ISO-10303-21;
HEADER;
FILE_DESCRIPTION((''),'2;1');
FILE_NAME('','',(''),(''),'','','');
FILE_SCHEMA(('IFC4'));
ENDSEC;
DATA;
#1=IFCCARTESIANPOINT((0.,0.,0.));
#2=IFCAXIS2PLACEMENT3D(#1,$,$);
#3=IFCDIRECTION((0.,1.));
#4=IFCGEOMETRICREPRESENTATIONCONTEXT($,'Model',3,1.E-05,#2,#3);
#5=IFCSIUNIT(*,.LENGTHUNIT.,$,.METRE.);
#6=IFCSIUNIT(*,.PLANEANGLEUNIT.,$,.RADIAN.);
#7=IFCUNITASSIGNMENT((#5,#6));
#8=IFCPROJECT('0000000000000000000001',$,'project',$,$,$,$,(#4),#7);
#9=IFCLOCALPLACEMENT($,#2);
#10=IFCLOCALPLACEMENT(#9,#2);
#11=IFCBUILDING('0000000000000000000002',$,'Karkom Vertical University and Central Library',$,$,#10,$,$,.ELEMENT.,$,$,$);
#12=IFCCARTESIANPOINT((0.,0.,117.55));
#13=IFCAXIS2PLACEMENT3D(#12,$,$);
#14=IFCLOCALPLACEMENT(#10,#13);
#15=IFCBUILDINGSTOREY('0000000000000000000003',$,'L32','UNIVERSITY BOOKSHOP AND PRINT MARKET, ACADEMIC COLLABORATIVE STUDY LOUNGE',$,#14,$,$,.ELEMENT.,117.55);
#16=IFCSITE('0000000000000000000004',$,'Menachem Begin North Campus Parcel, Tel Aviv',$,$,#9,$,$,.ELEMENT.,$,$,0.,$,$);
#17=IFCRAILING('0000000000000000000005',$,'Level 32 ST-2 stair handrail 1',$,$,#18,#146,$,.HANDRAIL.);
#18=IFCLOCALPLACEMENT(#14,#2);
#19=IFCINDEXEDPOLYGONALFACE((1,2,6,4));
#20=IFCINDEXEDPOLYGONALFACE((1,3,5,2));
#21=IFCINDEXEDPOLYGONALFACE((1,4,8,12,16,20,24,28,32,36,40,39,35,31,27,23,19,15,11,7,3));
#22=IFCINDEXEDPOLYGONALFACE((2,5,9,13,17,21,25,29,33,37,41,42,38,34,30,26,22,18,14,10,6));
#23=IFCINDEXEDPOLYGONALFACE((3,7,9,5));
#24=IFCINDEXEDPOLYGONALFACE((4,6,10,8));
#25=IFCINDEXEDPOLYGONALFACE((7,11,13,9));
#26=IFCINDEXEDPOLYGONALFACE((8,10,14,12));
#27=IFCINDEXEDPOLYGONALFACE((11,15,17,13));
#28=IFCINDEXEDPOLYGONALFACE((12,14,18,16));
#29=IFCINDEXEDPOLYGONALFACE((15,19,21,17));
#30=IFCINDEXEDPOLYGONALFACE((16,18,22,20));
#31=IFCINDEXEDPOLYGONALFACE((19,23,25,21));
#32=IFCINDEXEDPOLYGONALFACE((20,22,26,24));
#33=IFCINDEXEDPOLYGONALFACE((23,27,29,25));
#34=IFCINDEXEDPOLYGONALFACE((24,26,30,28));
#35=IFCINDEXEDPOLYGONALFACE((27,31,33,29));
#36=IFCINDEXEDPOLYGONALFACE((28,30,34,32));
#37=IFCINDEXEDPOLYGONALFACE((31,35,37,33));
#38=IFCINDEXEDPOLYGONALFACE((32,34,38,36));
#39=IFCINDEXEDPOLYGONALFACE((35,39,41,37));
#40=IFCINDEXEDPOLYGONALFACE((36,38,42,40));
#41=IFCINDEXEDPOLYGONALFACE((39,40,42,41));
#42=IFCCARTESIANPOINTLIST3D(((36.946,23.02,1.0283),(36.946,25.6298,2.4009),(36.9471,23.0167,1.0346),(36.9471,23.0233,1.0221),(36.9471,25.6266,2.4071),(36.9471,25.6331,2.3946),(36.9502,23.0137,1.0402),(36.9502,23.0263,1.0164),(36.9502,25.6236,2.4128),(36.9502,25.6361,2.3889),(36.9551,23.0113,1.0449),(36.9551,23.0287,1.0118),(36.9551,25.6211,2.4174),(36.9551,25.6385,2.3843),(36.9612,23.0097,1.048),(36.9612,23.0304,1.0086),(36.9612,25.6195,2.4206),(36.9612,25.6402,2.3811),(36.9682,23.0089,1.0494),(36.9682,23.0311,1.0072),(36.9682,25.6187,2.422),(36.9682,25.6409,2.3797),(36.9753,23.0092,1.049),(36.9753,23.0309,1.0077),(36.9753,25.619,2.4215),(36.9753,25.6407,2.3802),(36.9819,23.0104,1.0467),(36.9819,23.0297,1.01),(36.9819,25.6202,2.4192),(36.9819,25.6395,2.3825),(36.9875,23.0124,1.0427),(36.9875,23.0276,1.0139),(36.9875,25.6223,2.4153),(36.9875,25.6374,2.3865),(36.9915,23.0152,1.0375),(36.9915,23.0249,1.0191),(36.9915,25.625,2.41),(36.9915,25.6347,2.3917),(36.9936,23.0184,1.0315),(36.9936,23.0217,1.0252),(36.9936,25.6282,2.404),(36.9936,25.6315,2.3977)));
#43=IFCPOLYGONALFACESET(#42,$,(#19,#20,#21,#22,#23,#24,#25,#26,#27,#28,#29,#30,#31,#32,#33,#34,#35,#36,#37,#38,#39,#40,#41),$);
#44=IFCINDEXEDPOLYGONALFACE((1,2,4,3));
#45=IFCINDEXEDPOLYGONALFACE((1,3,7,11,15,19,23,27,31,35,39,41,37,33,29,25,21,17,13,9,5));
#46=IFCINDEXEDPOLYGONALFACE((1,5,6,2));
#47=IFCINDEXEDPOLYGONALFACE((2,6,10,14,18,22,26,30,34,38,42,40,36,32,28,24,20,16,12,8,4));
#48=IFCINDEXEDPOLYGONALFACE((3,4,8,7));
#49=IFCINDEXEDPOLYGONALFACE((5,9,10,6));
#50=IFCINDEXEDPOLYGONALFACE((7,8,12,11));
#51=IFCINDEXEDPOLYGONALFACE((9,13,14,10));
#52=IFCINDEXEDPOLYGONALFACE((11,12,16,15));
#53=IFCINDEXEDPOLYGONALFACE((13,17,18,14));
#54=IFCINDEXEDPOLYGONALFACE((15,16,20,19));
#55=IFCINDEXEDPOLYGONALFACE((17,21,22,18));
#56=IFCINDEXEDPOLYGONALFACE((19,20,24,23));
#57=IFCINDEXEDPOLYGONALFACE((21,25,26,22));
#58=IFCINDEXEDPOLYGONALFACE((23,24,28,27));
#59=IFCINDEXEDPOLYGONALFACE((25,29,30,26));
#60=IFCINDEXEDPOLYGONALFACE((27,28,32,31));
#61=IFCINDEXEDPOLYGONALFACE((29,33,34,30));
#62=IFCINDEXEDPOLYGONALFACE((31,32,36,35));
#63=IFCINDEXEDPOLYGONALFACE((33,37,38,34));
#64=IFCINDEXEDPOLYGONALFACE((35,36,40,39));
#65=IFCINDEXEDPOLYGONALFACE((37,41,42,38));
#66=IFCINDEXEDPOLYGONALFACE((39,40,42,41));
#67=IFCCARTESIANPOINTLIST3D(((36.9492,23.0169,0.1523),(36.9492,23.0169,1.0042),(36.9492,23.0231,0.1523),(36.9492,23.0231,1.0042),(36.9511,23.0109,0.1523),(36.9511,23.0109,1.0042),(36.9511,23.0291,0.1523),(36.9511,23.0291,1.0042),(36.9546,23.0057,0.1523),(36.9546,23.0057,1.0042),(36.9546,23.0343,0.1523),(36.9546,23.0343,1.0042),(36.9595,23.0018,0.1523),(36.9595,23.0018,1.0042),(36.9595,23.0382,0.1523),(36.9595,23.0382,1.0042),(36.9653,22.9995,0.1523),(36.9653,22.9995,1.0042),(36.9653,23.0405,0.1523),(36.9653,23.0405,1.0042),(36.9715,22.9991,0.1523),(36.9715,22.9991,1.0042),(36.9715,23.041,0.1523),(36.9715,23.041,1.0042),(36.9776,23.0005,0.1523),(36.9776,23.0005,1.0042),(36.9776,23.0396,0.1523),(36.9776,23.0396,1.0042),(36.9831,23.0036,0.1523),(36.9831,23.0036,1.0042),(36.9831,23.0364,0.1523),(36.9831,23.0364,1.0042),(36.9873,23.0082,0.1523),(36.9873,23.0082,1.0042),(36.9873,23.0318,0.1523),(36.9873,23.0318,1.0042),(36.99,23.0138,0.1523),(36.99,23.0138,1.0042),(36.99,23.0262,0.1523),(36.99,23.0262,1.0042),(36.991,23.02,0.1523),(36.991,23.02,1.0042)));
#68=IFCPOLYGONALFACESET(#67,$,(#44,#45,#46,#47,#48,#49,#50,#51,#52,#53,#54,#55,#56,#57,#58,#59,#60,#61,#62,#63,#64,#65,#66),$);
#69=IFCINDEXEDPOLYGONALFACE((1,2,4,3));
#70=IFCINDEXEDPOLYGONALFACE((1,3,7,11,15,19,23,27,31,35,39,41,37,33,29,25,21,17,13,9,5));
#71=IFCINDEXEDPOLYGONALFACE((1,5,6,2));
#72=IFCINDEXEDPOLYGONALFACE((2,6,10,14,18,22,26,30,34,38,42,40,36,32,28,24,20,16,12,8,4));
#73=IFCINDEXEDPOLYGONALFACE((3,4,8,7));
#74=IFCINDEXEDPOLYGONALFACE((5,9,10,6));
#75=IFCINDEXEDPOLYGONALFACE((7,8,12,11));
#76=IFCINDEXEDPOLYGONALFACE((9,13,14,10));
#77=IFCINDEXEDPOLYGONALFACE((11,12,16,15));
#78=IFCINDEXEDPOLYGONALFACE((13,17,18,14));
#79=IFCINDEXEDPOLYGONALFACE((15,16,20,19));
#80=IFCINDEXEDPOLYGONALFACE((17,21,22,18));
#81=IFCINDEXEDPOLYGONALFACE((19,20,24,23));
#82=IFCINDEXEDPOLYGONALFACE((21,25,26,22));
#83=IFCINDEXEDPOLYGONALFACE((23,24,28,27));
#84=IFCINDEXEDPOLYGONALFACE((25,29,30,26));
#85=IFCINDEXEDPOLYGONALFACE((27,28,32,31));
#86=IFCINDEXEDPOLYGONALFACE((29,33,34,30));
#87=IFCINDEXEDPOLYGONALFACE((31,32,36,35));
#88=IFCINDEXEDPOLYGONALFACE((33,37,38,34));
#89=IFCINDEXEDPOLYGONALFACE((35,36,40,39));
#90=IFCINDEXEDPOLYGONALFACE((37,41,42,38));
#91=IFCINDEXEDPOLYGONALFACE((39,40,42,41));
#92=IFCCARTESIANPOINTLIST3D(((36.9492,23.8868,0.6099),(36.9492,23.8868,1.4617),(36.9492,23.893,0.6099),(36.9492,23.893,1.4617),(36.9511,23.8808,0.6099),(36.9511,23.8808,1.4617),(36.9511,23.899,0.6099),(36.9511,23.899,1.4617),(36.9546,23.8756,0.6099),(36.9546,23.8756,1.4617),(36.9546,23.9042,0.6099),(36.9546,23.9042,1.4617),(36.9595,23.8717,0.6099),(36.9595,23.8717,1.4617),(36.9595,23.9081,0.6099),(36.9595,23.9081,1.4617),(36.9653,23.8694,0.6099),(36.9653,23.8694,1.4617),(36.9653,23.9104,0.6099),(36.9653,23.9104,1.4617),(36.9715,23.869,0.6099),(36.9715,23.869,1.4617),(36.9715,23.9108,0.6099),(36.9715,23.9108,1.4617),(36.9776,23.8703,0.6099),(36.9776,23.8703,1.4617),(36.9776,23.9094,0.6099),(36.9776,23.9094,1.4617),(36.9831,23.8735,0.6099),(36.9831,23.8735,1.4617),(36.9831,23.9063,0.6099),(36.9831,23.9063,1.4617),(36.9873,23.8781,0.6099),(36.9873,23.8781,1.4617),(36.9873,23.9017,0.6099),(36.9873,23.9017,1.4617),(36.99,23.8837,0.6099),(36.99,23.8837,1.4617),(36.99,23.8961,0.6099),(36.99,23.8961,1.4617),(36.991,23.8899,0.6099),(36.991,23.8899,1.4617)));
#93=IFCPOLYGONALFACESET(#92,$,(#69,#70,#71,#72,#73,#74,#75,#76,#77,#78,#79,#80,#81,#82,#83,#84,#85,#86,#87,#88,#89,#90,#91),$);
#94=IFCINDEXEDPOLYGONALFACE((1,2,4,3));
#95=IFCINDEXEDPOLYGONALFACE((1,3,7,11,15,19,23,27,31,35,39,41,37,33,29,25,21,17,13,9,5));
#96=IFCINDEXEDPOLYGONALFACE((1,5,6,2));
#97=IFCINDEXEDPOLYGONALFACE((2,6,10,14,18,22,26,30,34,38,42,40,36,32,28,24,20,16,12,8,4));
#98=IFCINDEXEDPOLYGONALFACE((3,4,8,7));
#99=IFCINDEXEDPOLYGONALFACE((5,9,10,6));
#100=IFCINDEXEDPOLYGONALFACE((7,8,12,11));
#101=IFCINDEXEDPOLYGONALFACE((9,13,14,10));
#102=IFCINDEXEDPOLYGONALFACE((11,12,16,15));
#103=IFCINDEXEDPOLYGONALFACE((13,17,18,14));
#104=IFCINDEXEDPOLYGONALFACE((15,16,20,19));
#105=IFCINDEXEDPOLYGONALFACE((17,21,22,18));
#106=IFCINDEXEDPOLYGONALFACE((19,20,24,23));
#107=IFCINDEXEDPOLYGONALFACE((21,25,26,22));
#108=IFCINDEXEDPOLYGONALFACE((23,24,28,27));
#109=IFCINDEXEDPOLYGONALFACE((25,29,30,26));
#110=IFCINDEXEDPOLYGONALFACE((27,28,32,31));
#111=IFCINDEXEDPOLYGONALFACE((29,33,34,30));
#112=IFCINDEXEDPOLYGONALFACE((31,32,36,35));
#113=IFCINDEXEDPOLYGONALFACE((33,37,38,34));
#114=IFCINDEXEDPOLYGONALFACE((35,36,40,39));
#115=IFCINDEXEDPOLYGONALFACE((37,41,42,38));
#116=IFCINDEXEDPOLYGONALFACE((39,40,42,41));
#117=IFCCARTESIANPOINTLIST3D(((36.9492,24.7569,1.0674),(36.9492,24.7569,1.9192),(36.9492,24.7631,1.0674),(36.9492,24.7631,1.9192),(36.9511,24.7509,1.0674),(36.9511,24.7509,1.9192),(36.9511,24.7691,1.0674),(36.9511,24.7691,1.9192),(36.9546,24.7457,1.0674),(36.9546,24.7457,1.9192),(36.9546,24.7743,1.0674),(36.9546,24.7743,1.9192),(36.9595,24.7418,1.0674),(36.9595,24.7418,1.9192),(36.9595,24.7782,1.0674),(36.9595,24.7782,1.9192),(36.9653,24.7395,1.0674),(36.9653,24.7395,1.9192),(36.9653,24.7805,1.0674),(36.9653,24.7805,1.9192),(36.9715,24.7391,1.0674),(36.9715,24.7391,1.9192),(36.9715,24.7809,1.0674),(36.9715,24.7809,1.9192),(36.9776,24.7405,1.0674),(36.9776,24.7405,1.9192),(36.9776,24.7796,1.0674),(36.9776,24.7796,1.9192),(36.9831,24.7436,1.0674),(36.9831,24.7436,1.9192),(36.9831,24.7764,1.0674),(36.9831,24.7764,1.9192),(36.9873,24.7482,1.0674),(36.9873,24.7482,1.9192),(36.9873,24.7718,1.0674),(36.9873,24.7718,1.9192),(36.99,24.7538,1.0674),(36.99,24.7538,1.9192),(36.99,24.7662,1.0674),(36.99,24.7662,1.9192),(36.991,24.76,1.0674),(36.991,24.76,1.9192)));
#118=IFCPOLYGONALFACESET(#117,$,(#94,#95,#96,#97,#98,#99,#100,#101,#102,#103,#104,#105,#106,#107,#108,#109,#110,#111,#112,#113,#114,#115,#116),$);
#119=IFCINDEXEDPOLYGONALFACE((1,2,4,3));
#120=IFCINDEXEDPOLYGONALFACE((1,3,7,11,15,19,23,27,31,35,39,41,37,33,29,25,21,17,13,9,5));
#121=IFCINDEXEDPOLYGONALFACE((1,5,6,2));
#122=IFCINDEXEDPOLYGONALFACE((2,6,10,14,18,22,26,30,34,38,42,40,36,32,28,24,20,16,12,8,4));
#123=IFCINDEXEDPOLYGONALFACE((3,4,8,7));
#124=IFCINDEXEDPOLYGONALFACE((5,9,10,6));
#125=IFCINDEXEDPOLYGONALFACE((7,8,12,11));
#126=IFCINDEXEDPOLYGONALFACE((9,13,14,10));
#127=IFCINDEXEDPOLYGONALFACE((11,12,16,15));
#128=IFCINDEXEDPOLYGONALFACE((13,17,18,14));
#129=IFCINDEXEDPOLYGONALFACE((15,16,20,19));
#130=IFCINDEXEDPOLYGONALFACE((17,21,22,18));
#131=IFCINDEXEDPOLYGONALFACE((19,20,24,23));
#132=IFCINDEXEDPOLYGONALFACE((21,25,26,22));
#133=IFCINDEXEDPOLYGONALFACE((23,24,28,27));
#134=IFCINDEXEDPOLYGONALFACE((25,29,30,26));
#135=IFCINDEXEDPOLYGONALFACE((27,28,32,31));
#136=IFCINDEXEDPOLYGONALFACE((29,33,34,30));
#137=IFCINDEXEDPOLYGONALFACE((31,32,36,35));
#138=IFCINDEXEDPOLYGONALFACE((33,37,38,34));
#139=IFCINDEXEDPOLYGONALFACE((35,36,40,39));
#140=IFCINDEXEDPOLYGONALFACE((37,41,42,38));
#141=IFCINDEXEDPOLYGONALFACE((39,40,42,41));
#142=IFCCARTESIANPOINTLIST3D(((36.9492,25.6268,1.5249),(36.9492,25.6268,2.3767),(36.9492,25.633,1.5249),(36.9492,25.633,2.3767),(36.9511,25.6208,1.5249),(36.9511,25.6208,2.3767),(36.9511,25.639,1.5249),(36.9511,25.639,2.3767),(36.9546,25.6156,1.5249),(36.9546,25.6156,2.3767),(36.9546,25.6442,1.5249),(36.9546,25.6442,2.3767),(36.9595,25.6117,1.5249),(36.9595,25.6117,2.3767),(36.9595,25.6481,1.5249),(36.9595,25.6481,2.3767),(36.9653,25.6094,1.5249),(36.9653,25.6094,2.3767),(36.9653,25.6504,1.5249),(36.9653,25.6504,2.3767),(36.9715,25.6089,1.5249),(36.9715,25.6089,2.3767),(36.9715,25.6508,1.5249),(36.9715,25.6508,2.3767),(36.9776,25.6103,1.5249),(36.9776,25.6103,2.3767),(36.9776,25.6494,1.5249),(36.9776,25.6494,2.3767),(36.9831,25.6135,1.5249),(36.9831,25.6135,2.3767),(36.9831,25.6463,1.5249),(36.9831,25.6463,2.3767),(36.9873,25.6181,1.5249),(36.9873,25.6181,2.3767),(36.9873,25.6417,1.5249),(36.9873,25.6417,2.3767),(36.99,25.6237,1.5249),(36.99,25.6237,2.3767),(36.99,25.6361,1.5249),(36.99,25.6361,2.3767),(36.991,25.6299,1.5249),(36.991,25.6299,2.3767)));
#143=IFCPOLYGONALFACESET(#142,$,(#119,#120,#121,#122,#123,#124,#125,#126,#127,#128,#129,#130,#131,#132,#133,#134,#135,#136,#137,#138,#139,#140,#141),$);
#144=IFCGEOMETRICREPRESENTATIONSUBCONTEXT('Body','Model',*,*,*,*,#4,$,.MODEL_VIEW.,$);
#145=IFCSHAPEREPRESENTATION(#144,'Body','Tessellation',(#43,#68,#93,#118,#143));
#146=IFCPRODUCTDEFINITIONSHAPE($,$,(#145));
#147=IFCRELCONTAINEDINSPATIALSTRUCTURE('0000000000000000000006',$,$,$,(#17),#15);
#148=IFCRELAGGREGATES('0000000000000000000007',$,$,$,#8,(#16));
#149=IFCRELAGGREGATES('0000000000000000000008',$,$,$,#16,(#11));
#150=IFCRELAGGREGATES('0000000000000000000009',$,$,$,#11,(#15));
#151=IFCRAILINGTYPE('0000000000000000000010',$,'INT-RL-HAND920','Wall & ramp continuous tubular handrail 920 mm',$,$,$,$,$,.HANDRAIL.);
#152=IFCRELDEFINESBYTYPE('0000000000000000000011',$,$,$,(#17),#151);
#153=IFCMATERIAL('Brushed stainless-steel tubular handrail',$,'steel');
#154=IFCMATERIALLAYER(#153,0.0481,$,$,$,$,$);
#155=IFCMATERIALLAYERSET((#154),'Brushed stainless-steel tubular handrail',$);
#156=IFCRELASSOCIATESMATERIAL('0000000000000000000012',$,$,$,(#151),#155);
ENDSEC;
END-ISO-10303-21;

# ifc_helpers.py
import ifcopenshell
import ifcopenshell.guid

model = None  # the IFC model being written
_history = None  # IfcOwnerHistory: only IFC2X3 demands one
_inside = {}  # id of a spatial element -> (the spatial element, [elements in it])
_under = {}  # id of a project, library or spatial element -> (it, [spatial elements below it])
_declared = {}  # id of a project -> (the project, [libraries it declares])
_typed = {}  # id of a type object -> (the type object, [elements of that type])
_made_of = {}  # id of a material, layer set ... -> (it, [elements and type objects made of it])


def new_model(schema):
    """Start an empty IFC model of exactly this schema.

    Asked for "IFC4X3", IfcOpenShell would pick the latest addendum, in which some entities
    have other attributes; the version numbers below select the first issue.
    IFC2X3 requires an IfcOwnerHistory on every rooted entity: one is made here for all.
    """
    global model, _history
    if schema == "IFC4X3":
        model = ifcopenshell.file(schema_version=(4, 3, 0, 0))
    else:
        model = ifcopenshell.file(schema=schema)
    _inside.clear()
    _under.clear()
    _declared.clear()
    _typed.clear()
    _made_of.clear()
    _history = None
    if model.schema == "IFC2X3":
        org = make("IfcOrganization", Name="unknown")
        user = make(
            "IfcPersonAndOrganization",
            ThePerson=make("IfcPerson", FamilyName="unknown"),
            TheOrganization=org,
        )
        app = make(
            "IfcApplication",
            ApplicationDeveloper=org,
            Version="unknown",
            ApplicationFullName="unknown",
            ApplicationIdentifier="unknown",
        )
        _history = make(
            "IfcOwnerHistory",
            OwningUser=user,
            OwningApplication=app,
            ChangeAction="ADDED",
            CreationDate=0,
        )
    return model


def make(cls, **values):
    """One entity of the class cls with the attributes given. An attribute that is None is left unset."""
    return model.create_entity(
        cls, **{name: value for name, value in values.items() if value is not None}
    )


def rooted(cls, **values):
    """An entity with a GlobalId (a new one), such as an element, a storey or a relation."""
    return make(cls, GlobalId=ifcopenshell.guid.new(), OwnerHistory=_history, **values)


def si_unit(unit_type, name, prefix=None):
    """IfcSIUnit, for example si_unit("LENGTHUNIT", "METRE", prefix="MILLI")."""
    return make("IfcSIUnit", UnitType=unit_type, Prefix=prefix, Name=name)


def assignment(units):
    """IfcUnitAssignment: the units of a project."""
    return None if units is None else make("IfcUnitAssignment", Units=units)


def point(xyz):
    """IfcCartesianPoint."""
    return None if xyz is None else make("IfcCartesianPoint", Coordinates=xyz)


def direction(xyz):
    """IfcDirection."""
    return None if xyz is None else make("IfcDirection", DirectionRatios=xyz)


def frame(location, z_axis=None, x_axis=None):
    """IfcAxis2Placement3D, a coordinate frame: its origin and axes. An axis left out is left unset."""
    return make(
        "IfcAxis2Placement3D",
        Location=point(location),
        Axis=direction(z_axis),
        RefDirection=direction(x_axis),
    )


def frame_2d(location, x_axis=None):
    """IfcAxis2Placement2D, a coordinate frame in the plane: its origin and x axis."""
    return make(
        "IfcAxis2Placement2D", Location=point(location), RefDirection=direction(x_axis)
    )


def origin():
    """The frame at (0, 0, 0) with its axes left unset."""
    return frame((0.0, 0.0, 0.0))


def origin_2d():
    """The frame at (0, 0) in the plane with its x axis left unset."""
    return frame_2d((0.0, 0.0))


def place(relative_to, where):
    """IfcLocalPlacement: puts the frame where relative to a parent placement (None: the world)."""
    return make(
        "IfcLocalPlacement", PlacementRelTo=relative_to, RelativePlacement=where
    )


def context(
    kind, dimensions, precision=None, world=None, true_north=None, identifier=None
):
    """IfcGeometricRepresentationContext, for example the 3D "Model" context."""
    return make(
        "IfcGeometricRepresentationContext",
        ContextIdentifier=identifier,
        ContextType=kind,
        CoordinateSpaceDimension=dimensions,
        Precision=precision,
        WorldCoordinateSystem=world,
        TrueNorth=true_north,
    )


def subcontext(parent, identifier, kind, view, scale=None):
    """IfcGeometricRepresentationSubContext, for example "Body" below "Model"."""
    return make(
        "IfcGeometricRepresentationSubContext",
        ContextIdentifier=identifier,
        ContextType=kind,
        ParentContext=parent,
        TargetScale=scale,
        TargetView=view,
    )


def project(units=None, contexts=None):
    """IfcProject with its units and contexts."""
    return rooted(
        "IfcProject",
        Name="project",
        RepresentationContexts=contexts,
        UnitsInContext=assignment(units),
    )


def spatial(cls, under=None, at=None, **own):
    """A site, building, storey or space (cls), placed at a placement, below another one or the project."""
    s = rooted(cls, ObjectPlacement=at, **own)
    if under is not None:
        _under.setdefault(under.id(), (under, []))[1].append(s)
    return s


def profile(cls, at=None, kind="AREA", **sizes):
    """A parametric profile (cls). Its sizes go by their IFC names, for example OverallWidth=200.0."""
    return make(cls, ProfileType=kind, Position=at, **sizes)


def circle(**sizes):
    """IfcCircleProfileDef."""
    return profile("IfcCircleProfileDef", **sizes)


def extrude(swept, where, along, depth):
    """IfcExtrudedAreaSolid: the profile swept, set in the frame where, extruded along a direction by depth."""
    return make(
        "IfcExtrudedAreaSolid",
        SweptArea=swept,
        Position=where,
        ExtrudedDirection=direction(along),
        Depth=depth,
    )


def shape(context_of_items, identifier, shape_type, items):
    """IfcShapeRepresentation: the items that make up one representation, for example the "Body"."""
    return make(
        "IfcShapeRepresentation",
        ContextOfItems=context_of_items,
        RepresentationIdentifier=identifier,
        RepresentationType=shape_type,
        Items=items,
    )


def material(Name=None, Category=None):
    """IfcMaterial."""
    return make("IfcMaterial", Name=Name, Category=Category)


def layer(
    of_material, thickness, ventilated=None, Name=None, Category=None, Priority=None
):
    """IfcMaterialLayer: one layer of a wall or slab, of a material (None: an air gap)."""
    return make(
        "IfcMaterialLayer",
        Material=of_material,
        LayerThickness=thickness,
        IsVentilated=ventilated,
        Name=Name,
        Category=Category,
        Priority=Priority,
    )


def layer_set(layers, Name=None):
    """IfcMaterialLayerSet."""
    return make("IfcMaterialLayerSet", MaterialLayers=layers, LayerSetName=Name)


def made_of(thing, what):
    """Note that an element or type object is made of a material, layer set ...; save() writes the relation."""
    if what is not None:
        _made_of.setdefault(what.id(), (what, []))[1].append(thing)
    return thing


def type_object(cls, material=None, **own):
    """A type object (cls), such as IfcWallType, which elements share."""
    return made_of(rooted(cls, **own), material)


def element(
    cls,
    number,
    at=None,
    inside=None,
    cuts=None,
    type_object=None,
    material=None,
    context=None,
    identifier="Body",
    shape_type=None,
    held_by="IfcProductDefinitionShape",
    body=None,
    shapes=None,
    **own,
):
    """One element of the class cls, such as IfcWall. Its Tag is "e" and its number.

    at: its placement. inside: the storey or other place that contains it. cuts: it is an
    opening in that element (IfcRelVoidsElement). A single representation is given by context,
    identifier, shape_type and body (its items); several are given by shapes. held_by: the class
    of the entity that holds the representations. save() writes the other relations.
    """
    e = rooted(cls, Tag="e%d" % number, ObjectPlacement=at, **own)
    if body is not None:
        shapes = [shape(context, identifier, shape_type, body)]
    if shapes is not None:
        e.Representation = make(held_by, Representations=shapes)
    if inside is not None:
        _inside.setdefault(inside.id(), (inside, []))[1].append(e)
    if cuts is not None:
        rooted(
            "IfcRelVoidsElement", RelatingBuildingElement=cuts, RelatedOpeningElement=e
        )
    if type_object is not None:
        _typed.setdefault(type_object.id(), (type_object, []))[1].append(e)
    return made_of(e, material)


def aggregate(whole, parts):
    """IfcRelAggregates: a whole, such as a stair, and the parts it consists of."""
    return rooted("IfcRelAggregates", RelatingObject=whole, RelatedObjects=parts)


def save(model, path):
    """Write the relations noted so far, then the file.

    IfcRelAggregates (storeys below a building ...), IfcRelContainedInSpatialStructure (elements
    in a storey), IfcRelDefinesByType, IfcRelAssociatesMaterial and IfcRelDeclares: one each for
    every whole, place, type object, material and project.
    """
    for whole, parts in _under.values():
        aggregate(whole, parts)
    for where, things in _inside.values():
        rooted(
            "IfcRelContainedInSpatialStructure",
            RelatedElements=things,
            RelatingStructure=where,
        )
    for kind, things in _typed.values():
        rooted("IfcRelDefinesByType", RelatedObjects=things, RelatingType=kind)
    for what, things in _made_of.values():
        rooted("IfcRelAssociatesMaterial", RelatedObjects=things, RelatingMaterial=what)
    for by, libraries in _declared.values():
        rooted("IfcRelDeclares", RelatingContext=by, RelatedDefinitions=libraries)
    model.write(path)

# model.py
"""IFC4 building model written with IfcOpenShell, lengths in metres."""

from ifc_helpers import new_model, si_unit, direction, frame, origin, origin_2d, place, context, subcontext, project, spatial, circle, extrude, material, layer, layer_set, type_object, element, save


model = new_model("IFC4")

# Units and contexts
model_context = context("Model", 3, precision=1e-05, world=origin(), true_north=direction((0.0, 1.0)))
body_context = subcontext(model_context, "Body", "Model", "MODEL_VIEW")
ifc_project = project(units=[si_unit("LENGTHUNIT", "METRE"), si_unit("PLANEANGLEUNIT", "RADIAN")], contexts=[model_context])

# Site, building, storey
site_placement = place(None, origin())
site = spatial("IfcSite", under=ifc_project, at=site_placement, Name="Menachem Begin North Campus Parcel, Tel Aviv", CompositionType="ELEMENT", RefElevation=0.0)
building_placement = place(site_placement, origin())
building = spatial("IfcBuilding", under=site, at=building_placement, Name="Karkom Vertical University and Central Library", CompositionType="ELEMENT")
storey_placement = place(building_placement, frame((0.0, 0.0, 117.55)))
storey = spatial("IfcBuildingStorey", under=building, at=storey_placement, Name="L32", Description="UNIVERSITY BOOKSHOP AND PRINT MARKET, ACADEMIC COLLABORATIVE STUDY LOUNGE", CompositionType="ELEMENT", Elevation=117.55)

# Railing
ifc_material_1 = material(Name="Brushed stainless-steel tubular handrail", Category="steel")
ifc_layer_1 = layer(ifc_material_1, 0.0481)
ifc_layer_set_1 = layer_set([ifc_layer_1], Name="Brushed stainless-steel tubular handrail")
railing_type_1 = type_object("IfcRailingType", Name="INT-RL-HAND920", Description="Wall & ramp continuous tubular handrail 920 mm", PredefinedType="HANDRAIL", material=ifc_layer_set_1)
railing_1_placement = place(storey_placement, frame((36.97, 23.02, 0.1523)))
element("IfcRailing", 1, at=railing_1_placement, inside=storey, type_object=railing_type_1, Name="Level 32 ST-2 stair handrail 1", PredefinedType="HANDRAIL", context=body_context, shape_type="SweptSolid", body=[
    extrude(circle(Radius=0.0239, at=origin_2d()), frame((0.0, 0.0, 0.876), z_axis=(0.0, 0.885065, 0.465467), x_axis=(-1.0, 0.0, 0.0)), (0.0, 0.0, 1.0), 2.9487),
    extrude(circle(Radius=0.021, at=origin_2d()), origin(), (0.0, 0.0, 1.0), 0.8518),
    extrude(circle(Radius=0.021, at=origin_2d()), frame((0.0, 0.8699, 0.4575)), (0.0, 0.0, 1.0), 0.8518),
    extrude(circle(Radius=0.021, at=origin_2d()), frame((0.0, 1.74, 0.915)), (0.0, 0.0, 1.0), 0.8518),
    extrude(circle(Radius=0.021, at=origin_2d()), frame((0.0, 2.6099, 1.3726)), (0.0, 0.0, 1.0), 0.8518),
])

save(model, "model.ifc")
